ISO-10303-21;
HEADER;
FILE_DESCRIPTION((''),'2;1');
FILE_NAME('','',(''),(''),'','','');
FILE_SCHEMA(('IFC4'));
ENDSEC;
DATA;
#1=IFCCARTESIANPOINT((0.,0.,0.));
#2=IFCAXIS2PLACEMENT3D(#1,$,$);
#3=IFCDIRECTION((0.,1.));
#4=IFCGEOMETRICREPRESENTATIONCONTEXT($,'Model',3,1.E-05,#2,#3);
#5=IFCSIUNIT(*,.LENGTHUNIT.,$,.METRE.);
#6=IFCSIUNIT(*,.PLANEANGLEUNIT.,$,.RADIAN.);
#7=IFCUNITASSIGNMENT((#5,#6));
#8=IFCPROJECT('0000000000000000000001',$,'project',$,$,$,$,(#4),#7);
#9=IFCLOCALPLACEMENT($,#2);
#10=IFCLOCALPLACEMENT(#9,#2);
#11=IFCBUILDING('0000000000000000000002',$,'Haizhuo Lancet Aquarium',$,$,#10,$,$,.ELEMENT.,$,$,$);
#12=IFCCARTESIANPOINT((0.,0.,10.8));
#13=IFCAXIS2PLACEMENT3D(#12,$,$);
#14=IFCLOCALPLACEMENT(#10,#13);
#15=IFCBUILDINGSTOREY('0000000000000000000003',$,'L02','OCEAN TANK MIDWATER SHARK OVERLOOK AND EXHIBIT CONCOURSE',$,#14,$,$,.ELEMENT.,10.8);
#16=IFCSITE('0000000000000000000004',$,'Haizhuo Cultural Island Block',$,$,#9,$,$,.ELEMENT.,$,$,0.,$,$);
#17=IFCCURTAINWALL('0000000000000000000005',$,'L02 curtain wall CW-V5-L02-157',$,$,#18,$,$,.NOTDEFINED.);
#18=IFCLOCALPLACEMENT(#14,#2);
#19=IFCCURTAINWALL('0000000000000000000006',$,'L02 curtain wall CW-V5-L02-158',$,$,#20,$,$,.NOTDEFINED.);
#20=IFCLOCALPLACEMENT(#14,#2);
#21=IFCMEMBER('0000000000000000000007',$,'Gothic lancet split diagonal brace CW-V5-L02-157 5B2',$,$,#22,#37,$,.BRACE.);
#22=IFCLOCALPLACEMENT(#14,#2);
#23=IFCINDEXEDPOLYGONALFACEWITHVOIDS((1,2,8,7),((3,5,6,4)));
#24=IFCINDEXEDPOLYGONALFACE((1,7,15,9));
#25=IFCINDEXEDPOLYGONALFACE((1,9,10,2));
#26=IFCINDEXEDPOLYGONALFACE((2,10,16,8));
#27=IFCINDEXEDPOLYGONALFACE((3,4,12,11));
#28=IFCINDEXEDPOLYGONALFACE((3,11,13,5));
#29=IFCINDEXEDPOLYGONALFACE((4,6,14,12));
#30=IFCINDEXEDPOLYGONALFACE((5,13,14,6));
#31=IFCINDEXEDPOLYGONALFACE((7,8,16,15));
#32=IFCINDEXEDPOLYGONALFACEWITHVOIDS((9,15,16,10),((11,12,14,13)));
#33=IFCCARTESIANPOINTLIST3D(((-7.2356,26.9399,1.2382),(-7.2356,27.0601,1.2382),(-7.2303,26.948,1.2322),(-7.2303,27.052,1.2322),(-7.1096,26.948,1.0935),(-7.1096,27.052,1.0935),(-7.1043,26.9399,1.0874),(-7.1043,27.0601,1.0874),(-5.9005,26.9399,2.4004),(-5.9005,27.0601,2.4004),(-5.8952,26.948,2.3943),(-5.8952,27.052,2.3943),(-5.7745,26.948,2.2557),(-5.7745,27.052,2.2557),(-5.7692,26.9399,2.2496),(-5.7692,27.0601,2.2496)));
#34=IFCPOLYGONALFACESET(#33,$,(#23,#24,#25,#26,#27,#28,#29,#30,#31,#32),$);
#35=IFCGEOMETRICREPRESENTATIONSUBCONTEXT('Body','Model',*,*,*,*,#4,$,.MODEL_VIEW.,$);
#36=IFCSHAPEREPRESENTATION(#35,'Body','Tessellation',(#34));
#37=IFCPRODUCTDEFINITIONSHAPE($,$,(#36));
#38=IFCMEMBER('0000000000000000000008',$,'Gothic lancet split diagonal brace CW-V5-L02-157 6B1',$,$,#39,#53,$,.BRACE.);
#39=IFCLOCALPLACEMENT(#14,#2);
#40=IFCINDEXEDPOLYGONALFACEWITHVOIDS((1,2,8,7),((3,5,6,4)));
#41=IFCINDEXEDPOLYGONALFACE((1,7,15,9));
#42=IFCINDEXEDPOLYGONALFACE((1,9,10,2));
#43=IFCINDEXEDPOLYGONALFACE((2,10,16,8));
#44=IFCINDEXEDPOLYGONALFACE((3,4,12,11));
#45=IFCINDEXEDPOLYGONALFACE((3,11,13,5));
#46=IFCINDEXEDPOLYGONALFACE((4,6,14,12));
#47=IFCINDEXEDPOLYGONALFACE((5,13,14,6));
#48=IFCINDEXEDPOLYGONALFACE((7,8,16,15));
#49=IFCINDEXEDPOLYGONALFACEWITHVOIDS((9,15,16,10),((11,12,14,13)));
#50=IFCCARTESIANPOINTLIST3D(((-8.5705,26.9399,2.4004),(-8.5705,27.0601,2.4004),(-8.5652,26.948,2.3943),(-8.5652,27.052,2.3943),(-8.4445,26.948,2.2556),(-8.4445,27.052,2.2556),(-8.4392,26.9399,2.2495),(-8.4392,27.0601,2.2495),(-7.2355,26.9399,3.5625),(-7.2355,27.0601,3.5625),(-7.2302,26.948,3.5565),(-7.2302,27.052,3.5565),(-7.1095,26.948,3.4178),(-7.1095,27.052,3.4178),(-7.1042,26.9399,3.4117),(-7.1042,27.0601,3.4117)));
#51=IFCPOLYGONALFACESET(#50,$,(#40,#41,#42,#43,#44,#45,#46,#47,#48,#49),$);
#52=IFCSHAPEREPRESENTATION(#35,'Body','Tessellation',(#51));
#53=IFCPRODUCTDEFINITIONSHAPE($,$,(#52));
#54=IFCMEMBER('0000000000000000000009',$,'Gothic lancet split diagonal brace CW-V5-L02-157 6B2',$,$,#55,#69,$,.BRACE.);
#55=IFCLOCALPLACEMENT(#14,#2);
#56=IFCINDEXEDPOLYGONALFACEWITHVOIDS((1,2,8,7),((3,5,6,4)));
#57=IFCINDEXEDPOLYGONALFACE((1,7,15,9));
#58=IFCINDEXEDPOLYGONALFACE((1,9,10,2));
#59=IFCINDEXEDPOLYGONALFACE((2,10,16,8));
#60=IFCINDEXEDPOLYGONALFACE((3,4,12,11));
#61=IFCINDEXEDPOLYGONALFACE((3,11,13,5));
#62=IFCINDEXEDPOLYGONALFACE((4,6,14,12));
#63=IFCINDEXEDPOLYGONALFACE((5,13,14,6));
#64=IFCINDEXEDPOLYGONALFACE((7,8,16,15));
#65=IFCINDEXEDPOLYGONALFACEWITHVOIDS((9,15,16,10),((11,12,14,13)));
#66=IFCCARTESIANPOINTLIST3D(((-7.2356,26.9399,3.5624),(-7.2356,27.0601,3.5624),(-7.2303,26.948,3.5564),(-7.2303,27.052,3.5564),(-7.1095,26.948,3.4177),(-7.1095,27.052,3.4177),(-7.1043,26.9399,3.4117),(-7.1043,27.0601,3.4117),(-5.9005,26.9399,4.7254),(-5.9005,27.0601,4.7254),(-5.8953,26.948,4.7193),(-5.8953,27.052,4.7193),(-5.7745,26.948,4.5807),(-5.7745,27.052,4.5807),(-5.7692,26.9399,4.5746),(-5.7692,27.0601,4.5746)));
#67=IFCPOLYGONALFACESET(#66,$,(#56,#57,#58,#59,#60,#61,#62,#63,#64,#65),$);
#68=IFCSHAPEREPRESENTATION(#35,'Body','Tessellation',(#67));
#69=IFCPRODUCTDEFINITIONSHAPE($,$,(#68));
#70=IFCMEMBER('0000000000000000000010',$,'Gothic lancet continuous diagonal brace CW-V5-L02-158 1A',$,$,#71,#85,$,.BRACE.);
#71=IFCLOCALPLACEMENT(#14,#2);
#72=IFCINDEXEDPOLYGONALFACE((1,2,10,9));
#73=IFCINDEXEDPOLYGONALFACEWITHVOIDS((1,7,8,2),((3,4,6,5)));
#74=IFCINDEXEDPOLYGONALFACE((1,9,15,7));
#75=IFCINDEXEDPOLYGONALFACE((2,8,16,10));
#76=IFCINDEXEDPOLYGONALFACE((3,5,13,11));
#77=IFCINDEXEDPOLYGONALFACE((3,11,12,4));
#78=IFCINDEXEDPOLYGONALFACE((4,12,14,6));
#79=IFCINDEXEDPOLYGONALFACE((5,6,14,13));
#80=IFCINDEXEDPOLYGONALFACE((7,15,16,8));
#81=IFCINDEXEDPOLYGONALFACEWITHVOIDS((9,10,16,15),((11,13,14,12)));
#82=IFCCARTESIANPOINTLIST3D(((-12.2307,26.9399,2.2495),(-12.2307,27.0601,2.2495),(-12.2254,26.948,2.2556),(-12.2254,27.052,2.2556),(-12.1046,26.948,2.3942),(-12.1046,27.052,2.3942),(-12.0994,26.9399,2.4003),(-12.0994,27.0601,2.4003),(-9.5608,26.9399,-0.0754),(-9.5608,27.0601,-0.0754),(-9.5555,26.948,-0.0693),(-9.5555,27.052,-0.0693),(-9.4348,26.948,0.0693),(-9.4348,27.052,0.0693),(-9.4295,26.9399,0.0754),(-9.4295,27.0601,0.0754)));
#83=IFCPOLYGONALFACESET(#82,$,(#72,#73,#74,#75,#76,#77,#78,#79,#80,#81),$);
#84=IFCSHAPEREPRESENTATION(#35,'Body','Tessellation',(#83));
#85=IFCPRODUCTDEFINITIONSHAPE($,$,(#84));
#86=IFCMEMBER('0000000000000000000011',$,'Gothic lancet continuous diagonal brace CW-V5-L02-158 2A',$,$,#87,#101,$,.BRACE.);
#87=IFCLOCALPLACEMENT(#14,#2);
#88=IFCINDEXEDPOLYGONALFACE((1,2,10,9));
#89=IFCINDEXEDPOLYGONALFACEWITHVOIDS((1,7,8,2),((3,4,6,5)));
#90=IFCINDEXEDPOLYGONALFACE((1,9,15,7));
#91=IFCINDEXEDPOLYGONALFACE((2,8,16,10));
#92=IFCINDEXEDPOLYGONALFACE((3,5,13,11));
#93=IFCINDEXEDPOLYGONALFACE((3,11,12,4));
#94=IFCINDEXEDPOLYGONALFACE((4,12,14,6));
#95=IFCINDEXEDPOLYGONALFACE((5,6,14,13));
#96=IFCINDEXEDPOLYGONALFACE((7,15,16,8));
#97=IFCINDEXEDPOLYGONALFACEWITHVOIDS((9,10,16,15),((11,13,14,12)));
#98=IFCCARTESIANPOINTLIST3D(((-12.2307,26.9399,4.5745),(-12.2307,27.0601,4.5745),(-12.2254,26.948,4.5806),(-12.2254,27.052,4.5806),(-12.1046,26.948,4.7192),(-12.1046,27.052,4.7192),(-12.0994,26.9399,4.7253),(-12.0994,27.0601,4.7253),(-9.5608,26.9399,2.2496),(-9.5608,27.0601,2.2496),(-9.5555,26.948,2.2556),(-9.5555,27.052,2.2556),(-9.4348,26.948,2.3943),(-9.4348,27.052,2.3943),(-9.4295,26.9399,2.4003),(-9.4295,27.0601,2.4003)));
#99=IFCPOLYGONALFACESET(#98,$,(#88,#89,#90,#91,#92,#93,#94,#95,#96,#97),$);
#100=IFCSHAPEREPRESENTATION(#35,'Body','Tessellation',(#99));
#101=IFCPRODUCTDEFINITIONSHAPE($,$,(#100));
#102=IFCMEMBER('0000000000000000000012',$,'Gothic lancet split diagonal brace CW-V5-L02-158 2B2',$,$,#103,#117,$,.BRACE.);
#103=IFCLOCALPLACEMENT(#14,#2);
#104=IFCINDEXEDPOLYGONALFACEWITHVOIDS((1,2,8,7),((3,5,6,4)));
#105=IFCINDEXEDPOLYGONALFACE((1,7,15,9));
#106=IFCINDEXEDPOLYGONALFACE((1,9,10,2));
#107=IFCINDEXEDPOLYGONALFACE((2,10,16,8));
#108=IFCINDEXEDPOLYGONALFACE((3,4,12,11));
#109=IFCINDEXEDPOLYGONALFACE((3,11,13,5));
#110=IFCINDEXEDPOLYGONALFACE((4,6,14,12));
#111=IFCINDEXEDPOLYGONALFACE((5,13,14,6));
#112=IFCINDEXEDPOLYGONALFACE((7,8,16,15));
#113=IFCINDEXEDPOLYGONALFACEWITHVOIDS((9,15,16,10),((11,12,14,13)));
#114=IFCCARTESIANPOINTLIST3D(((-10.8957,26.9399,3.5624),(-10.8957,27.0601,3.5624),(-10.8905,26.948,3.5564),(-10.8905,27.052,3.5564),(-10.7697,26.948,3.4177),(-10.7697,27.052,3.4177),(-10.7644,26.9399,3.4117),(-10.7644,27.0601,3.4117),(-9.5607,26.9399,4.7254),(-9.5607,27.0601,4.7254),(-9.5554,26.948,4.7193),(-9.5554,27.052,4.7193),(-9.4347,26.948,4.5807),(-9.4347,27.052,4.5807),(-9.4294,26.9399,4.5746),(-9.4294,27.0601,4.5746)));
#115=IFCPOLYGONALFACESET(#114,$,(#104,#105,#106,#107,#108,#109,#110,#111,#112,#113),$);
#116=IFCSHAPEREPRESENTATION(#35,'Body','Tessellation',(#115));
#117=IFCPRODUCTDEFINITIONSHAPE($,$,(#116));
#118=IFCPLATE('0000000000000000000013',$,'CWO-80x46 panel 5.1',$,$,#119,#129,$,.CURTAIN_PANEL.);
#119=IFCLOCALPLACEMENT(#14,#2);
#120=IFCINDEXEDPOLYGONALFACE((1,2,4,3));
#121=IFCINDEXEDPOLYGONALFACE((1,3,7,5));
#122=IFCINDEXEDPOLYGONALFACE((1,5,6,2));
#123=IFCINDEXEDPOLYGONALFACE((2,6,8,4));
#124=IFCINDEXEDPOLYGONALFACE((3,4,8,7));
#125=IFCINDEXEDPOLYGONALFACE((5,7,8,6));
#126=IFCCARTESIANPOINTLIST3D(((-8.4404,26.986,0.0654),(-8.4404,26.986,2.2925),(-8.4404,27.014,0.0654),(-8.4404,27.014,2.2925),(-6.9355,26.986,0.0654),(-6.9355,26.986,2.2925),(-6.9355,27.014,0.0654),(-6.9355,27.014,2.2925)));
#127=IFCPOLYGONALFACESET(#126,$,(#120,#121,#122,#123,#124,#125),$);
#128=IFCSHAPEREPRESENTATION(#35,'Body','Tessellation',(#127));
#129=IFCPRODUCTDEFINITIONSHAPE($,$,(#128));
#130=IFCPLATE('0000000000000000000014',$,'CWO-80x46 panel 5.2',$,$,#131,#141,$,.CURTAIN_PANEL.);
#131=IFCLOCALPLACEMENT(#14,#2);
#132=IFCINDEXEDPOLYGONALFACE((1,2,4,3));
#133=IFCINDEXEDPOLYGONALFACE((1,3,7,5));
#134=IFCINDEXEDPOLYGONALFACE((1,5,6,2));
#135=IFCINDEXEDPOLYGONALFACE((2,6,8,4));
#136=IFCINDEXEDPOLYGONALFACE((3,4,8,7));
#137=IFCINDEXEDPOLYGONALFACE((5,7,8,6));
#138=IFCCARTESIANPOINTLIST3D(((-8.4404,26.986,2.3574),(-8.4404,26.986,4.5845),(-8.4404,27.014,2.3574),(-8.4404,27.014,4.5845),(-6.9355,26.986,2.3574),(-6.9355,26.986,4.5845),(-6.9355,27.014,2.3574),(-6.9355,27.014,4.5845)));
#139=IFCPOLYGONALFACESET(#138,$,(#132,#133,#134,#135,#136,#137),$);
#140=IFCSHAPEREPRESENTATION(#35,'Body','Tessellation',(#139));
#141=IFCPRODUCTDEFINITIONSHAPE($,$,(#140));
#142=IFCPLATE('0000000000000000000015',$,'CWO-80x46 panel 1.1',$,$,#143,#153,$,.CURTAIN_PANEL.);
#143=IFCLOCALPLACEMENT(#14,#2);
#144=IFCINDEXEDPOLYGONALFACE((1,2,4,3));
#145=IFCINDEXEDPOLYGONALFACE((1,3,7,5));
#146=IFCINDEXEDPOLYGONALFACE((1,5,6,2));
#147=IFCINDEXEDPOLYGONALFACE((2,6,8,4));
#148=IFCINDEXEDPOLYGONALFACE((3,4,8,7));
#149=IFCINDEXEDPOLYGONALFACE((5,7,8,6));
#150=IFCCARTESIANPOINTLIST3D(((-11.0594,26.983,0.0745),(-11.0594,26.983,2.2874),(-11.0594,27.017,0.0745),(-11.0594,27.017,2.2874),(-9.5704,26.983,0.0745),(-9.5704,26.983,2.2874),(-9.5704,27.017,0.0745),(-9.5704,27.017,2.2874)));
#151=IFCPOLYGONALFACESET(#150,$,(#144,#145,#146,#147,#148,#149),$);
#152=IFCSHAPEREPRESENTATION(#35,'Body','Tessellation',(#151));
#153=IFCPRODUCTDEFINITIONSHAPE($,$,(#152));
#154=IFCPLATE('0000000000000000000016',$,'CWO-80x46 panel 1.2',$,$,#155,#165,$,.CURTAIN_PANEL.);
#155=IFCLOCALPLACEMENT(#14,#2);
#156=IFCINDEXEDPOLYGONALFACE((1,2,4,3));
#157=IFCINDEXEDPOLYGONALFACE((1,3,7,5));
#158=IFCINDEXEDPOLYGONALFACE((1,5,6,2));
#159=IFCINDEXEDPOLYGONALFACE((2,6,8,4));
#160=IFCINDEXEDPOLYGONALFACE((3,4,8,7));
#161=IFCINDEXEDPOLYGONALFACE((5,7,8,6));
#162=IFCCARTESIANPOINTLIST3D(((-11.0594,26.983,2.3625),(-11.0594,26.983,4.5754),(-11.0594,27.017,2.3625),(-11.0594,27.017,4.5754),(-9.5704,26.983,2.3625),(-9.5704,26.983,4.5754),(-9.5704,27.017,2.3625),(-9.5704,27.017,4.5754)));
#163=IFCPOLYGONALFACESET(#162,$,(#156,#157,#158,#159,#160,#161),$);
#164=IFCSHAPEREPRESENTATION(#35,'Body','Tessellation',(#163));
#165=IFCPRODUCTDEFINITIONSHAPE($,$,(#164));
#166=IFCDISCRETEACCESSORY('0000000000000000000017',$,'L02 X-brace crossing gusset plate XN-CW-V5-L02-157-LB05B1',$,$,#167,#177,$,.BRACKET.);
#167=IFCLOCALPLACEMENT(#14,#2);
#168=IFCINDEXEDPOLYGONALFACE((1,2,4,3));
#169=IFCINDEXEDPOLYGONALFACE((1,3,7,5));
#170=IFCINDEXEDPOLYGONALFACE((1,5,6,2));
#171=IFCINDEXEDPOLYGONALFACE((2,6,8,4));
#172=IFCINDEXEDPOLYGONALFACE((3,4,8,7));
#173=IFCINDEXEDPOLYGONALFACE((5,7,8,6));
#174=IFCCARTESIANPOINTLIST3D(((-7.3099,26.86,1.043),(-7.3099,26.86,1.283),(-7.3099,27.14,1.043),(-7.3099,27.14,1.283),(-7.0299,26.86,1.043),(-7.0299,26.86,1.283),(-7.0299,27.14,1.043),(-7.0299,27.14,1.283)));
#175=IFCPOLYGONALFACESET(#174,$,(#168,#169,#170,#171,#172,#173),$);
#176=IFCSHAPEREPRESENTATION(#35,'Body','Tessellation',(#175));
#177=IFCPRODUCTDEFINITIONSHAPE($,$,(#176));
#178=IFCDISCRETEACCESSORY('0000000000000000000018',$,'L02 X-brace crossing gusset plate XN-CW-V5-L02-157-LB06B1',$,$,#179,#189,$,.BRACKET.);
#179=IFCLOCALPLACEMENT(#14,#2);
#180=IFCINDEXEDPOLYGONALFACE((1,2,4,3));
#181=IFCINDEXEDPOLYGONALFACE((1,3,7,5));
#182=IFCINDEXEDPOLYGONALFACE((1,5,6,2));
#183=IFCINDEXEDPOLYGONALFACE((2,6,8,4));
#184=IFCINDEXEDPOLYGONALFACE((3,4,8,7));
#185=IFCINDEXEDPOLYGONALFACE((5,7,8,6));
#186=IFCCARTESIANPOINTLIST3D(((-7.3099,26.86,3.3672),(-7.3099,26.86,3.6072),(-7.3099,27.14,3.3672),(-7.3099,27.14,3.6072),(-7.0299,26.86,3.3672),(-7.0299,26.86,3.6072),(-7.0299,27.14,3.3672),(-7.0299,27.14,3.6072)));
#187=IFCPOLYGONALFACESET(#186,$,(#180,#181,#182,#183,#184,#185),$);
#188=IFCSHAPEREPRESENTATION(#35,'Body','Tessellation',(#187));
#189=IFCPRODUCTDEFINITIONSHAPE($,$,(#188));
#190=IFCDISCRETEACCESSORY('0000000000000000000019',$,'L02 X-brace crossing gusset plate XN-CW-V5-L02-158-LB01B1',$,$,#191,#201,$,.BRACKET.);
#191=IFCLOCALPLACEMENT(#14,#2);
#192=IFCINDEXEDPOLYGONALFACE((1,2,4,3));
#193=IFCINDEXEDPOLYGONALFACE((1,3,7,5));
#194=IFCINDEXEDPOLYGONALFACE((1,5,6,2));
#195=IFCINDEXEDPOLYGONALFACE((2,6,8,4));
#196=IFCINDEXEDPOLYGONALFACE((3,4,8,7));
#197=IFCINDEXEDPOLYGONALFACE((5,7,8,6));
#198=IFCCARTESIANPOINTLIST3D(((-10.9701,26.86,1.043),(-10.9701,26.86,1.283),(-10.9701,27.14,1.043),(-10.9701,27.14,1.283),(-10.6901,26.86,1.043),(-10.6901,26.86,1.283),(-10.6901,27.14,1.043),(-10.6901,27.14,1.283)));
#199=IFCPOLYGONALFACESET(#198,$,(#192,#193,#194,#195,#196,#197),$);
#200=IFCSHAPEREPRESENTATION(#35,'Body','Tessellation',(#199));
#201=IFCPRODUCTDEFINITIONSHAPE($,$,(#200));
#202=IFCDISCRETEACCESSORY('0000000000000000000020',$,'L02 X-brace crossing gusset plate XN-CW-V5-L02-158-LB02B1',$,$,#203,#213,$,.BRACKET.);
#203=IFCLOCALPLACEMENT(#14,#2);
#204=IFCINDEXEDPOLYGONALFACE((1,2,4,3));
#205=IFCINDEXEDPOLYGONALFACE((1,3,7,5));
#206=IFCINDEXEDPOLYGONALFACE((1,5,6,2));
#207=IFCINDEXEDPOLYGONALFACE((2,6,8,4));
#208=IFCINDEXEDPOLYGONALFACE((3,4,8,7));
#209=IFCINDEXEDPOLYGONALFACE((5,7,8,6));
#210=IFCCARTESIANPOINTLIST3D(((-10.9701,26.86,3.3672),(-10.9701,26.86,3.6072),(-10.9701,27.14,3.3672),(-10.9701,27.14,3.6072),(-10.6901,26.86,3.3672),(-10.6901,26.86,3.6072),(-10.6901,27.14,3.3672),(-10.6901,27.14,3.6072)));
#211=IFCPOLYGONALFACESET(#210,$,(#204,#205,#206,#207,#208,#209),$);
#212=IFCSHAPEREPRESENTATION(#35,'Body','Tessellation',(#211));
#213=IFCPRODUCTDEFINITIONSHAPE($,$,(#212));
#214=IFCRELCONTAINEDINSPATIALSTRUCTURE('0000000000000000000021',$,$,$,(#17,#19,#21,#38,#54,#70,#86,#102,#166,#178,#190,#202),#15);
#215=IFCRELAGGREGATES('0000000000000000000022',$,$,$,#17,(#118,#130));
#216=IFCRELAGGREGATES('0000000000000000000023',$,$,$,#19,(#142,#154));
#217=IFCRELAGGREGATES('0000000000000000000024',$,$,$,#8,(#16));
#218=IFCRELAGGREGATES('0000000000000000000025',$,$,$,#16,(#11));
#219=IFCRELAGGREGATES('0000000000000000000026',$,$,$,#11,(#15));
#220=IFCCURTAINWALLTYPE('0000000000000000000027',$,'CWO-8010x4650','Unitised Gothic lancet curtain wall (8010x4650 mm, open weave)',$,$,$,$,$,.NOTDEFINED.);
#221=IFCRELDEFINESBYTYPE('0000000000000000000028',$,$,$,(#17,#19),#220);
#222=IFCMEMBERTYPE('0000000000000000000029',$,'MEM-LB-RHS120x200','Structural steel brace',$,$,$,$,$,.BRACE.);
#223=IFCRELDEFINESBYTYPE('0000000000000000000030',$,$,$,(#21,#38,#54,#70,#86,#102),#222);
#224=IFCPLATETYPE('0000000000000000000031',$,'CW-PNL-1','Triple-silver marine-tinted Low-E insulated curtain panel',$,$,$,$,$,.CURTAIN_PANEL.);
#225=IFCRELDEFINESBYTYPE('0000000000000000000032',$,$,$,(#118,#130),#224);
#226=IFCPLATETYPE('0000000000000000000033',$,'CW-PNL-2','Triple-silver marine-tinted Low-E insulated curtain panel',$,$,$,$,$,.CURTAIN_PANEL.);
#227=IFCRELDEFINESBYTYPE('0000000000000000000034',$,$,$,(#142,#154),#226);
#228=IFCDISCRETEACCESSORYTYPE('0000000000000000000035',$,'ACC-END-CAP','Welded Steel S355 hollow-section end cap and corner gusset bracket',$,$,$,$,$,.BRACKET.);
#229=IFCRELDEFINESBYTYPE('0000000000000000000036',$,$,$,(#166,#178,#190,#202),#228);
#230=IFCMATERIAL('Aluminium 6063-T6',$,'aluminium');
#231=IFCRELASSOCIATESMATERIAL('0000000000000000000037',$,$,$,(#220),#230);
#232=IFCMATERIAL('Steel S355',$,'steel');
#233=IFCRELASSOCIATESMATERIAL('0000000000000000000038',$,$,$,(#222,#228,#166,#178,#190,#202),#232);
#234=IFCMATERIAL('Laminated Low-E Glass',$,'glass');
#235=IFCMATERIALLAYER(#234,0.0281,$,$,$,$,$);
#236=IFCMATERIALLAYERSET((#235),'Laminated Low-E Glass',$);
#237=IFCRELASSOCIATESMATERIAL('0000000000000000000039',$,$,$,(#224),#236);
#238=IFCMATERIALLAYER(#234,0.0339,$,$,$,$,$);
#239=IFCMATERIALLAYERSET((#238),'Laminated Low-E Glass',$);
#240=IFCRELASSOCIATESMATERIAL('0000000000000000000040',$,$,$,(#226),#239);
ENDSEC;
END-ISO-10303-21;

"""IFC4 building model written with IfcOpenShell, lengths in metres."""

from ifc_helpers import new_model, si_unit, direction, frame, origin, origin_2d, place, context, subcontext, project, spatial, rectangle, hollow_rectangle, extrude, material, layer, layer_set, material_profile, profile_set, type_object, element, aggregate, save


model = new_model("IFC4")

# Units and contexts
model_context = context("Model", 3, precision=1e-05, world=origin(), true_north=direction((0.0, 1.0)))
body_context = subcontext(model_context, "Body", "Model", "MODEL_VIEW")
ifc_project = project(units=[si_unit("LENGTHUNIT", "METRE"), si_unit("PLANEANGLEUNIT", "RADIAN")], contexts=[model_context])

# Site, building, storey
site_placement = place(None, origin())
site = spatial("IfcSite", under=ifc_project, at=site_placement, Name="Haizhuo Cultural Island Block", CompositionType="ELEMENT", RefElevation=0.0)
building_placement = place(site_placement, origin())
building = spatial("IfcBuilding", under=site, at=building_placement, Name="Haizhuo Lancet Aquarium", CompositionType="ELEMENT")
storey_placement = place(building_placement, frame((0.0, 0.0, 10.8)))
storey = spatial("IfcBuildingStorey", under=building, at=storey_placement, Name="L02", Description="OCEAN TANK MIDWATER SHARK OVERLOOK AND EXHIBIT CONCOURSE", CompositionType="ELEMENT", Elevation=10.8)

# Curtain walls
ifc_material_1 = material(Name="Aluminium 6063-T6", Category="aluminium")
curtain_wall_type = type_object("IfcCurtainWallType", Name="CWO-8010x4650", Description="Unitised Gothic lancet curtain wall (8010x4650 mm, open weave)", PredefinedType="NOTDEFINED", material=ifc_material_1)
curtain_wall_1_placement = place(storey_placement, origin())
curtain_wall_1 = element("IfcCurtainWall", 1, at=curtain_wall_1_placement, inside=storey, type_object=curtain_wall_type, Name="L02 curtain wall CW-V5-L02-157", PredefinedType="NOTDEFINED")
curtain_wall_2_placement = place(storey_placement, origin())
curtain_wall_2 = element("IfcCurtainWall", 2, at=curtain_wall_2_placement, inside=storey, type_object=curtain_wall_type, Name="L02 curtain wall CW-V5-L02-158", PredefinedType="NOTDEFINED")

# Members
ifc_material_2 = material(Name="Steel S355", Category="steel")
ifc_material_profile_1 = material_profile(ifc_material_2, hollow_rectangle(XDim=0.1201, YDim=0.2, WallThickness=0.0081, at=origin_2d()), Name="RHS 120x200x8")
ifc_profile_set_1 = profile_set([ifc_material_profile_1], Name="Steel S355")
member_type_1 = type_object("IfcMemberType", Name="MEM-LB-RHS120x200", Description="Structural steel brace", PredefinedType="BRACE", material=ifc_profile_set_1)
for number, where, z_axis, x_axis, name in (
    (3, (-7.1699, 27.0, 1.1628), (0.754249, 0.0, 0.656588), (0.0, 1.0, 0.0), "Gothic lancet split diagonal brace CW-V5-L02-157 5B2"),
    (4, (-8.5049, 27.0, 2.325), (0.754249, 0.0, 0.656588), (0.0, 1.0, 0.0), "Gothic lancet split diagonal brace CW-V5-L02-157 6B1"),
):
    element("IfcMember", number, at=place(storey_placement, frame(where, z_axis=z_axis, x_axis=x_axis)), inside=storey, type_object=member_type_1, Name=name, PredefinedType="BRACE", context=body_context, shape_type="SweptSolid", body=[
        extrude(hollow_rectangle(XDim=0.1201, YDim=0.2, WallThickness=0.0081, at=origin_2d()), origin(), (0.0, 0.0, 1.0), 1.77),
    ])
member_1_placement = place(storey_placement, frame((-7.1699, 27.0, 3.4871), z_axis=(0.754044, 0.0, 0.656824), x_axis=(0.0, 1.0, 0.0)))
element("IfcMember", 5, at=member_1_placement, inside=storey, type_object=member_type_1, Name="Gothic lancet split diagonal brace CW-V5-L02-157 6B2", PredefinedType="BRACE", context=body_context, shape_type="SweptSolid", body=[
    extrude(hollow_rectangle(XDim=0.1201, YDim=0.2, WallThickness=0.0081, at=origin_2d()), origin(), (0.0, 0.0, 1.0), 1.7705),
])
for number, where, z_axis, x_axis, name in (
    (6, (-9.4951, 27.0, 0.0), (-0.754147, 0.0, 0.656706), (0.0, -1.0, 0.0), "Gothic lancet continuous diagonal brace CW-V5-L02-158 1A"),
    (7, (-9.4951, 27.0, 2.325), (-0.754147, 0.0, 0.656706), (0.0, -1.0, 0.0), "Gothic lancet continuous diagonal brace CW-V5-L02-158 2A"),
):
    element("IfcMember", number, at=place(storey_placement, frame(where, z_axis=z_axis, x_axis=x_axis)), inside=storey, type_object=member_type_1, Name=name, PredefinedType="BRACE", context=body_context, shape_type="SweptSolid", body=[
        extrude(hollow_rectangle(XDim=0.1201, YDim=0.2, WallThickness=0.0081, at=origin_2d()), origin(), (0.0, 0.0, 1.0), 3.5403),
    ])
member_2_placement = place(storey_placement, frame((-10.8301, 27.0, 3.4871), z_axis=(0.754044, 0.0, 0.656824), x_axis=(0.0, 1.0, 0.0)))
element("IfcMember", 8, at=member_2_placement, inside=storey, type_object=member_type_1, Name="Gothic lancet split diagonal brace CW-V5-L02-158 2B2", PredefinedType="BRACE", context=body_context, shape_type="SweptSolid", body=[
    extrude(hollow_rectangle(XDim=0.1201, YDim=0.2, WallThickness=0.0081, at=origin_2d()), origin(), (0.0, 0.0, 1.0), 1.7705),
])

# Plates
ifc_material_3 = material(Name="Laminated Low-E Glass", Category="glass")
ifc_layer_1 = layer(ifc_material_3, 0.0281)
ifc_layer_set_1 = layer_set([ifc_layer_1], Name="Laminated Low-E Glass")
plate_type_1 = type_object("IfcPlateType", Name="CW-PNL-1", Description="Triple-silver marine-tinted Low-E insulated curtain panel", PredefinedType="CURTAIN_PANEL", material=ifc_layer_set_1)
plate_1_placement = place(storey_placement, frame((-7.688, 27.0, 0.0654), z_axis=(0.0, 0.0, 1.0), x_axis=(-1.0, 0.0, 0.0)))
plate_1 = element("IfcPlate", 9, at=plate_1_placement, type_object=plate_type_1, Name="CWO-80x46 panel 5.1", PredefinedType="CURTAIN_PANEL", context=body_context, shape_type="SweptSolid", body=[
    extrude(rectangle(XDim=1.5049, YDim=0.0281, at=origin_2d()), origin(), (0.0, 0.0, 1.0), 2.2271),
])
plate_2_placement = place(storey_placement, frame((-7.688, 27.0, 2.3574), z_axis=(0.0, 0.0, 1.0), x_axis=(-1.0, 0.0, 0.0)))
plate_2 = element("IfcPlate", 10, at=plate_2_placement, type_object=plate_type_1, Name="CWO-80x46 panel 5.2", PredefinedType="CURTAIN_PANEL", context=body_context, shape_type="SweptSolid", body=[
    extrude(rectangle(XDim=1.5049, YDim=0.0281, at=origin_2d()), origin(), (0.0, 0.0, 1.0), 2.2271),
])
aggregate(curtain_wall_1, [plate_1, plate_2])
ifc_layer_2 = layer(ifc_material_3, 0.0339)
ifc_layer_set_2 = layer_set([ifc_layer_2], Name="Laminated Low-E Glass")
plate_type_2 = type_object("IfcPlateType", Name="CW-PNL-2", Description="Triple-silver marine-tinted Low-E insulated curtain panel", PredefinedType="CURTAIN_PANEL", material=ifc_layer_set_2)
plate_3_placement = place(storey_placement, frame((-10.3149, 27.0, 0.0745), z_axis=(0.0, 0.0, 1.0), x_axis=(-1.0, 0.0, 0.0)))
plate_3 = element("IfcPlate", 11, at=plate_3_placement, type_object=plate_type_2, Name="CWO-80x46 panel 1.1", PredefinedType="CURTAIN_PANEL", context=body_context, shape_type="SweptSolid", body=[
    extrude(rectangle(XDim=1.489, YDim=0.0339, at=origin_2d()), origin(), (0.0, 0.0, 1.0), 2.2129),
])
plate_4_placement = place(storey_placement, frame((-10.3149, 27.0, 2.3625), z_axis=(0.0, 0.0, 1.0), x_axis=(-1.0, 0.0, 0.0)))
plate_4 = element("IfcPlate", 12, at=plate_4_placement, type_object=plate_type_2, Name="CWO-80x46 panel 1.2", PredefinedType="CURTAIN_PANEL", context=body_context, shape_type="SweptSolid", body=[
    extrude(rectangle(XDim=1.489, YDim=0.0339, at=origin_2d()), origin(), (0.0, 0.0, 1.0), 2.2129),
])
aggregate(curtain_wall_2, [plate_3, plate_4])

# Discrete accessories
discrete_accessory_type = type_object("IfcDiscreteAccessoryType", Name="ACC-END-CAP", Description="Welded Steel S355 hollow-section end cap and corner gusset bracket", PredefinedType="BRACKET", material=ifc_material_2)
for number, where, z_axis, x_axis, name in (
    (13, (-7.1699, 27.0, 1.043), (0.0, 0.0, 1.0), (1.0, 0.0, 0.0), "L02 X-brace crossing gusset plate XN-CW-V5-L02-157-LB05B1"),
    (14, (-7.1699, 27.0, 3.3672), (0.0, 0.0, 1.0), (1.0, 0.0, 0.0), "L02 X-brace crossing gusset plate XN-CW-V5-L02-157-LB06B1"),
    (15, (-10.8301, 27.0, 1.043), (0.0, 0.0, 1.0), (1.0, 0.0, 0.0), "L02 X-brace crossing gusset plate XN-CW-V5-L02-158-LB01B1"),
    (16, (-10.8301, 27.0, 3.3672), (0.0, 0.0, 1.0), (1.0, 0.0, 0.0), "L02 X-brace crossing gusset plate XN-CW-V5-L02-158-LB02B1"),
):
    element("IfcDiscreteAccessory", number, at=place(storey_placement, frame(where, z_axis=z_axis, x_axis=x_axis)), inside=storey, type_object=discrete_accessory_type, material=ifc_material_2, Name=name, PredefinedType="BRACKET", context=body_context, shape_type="SweptSolid", body=[
        extrude(rectangle(XDim=0.28, YDim=0.28, at=origin_2d()), origin(), (0.0, 0.0, 1.0), 0.24),
    ])

save(model, "model.ifc")
